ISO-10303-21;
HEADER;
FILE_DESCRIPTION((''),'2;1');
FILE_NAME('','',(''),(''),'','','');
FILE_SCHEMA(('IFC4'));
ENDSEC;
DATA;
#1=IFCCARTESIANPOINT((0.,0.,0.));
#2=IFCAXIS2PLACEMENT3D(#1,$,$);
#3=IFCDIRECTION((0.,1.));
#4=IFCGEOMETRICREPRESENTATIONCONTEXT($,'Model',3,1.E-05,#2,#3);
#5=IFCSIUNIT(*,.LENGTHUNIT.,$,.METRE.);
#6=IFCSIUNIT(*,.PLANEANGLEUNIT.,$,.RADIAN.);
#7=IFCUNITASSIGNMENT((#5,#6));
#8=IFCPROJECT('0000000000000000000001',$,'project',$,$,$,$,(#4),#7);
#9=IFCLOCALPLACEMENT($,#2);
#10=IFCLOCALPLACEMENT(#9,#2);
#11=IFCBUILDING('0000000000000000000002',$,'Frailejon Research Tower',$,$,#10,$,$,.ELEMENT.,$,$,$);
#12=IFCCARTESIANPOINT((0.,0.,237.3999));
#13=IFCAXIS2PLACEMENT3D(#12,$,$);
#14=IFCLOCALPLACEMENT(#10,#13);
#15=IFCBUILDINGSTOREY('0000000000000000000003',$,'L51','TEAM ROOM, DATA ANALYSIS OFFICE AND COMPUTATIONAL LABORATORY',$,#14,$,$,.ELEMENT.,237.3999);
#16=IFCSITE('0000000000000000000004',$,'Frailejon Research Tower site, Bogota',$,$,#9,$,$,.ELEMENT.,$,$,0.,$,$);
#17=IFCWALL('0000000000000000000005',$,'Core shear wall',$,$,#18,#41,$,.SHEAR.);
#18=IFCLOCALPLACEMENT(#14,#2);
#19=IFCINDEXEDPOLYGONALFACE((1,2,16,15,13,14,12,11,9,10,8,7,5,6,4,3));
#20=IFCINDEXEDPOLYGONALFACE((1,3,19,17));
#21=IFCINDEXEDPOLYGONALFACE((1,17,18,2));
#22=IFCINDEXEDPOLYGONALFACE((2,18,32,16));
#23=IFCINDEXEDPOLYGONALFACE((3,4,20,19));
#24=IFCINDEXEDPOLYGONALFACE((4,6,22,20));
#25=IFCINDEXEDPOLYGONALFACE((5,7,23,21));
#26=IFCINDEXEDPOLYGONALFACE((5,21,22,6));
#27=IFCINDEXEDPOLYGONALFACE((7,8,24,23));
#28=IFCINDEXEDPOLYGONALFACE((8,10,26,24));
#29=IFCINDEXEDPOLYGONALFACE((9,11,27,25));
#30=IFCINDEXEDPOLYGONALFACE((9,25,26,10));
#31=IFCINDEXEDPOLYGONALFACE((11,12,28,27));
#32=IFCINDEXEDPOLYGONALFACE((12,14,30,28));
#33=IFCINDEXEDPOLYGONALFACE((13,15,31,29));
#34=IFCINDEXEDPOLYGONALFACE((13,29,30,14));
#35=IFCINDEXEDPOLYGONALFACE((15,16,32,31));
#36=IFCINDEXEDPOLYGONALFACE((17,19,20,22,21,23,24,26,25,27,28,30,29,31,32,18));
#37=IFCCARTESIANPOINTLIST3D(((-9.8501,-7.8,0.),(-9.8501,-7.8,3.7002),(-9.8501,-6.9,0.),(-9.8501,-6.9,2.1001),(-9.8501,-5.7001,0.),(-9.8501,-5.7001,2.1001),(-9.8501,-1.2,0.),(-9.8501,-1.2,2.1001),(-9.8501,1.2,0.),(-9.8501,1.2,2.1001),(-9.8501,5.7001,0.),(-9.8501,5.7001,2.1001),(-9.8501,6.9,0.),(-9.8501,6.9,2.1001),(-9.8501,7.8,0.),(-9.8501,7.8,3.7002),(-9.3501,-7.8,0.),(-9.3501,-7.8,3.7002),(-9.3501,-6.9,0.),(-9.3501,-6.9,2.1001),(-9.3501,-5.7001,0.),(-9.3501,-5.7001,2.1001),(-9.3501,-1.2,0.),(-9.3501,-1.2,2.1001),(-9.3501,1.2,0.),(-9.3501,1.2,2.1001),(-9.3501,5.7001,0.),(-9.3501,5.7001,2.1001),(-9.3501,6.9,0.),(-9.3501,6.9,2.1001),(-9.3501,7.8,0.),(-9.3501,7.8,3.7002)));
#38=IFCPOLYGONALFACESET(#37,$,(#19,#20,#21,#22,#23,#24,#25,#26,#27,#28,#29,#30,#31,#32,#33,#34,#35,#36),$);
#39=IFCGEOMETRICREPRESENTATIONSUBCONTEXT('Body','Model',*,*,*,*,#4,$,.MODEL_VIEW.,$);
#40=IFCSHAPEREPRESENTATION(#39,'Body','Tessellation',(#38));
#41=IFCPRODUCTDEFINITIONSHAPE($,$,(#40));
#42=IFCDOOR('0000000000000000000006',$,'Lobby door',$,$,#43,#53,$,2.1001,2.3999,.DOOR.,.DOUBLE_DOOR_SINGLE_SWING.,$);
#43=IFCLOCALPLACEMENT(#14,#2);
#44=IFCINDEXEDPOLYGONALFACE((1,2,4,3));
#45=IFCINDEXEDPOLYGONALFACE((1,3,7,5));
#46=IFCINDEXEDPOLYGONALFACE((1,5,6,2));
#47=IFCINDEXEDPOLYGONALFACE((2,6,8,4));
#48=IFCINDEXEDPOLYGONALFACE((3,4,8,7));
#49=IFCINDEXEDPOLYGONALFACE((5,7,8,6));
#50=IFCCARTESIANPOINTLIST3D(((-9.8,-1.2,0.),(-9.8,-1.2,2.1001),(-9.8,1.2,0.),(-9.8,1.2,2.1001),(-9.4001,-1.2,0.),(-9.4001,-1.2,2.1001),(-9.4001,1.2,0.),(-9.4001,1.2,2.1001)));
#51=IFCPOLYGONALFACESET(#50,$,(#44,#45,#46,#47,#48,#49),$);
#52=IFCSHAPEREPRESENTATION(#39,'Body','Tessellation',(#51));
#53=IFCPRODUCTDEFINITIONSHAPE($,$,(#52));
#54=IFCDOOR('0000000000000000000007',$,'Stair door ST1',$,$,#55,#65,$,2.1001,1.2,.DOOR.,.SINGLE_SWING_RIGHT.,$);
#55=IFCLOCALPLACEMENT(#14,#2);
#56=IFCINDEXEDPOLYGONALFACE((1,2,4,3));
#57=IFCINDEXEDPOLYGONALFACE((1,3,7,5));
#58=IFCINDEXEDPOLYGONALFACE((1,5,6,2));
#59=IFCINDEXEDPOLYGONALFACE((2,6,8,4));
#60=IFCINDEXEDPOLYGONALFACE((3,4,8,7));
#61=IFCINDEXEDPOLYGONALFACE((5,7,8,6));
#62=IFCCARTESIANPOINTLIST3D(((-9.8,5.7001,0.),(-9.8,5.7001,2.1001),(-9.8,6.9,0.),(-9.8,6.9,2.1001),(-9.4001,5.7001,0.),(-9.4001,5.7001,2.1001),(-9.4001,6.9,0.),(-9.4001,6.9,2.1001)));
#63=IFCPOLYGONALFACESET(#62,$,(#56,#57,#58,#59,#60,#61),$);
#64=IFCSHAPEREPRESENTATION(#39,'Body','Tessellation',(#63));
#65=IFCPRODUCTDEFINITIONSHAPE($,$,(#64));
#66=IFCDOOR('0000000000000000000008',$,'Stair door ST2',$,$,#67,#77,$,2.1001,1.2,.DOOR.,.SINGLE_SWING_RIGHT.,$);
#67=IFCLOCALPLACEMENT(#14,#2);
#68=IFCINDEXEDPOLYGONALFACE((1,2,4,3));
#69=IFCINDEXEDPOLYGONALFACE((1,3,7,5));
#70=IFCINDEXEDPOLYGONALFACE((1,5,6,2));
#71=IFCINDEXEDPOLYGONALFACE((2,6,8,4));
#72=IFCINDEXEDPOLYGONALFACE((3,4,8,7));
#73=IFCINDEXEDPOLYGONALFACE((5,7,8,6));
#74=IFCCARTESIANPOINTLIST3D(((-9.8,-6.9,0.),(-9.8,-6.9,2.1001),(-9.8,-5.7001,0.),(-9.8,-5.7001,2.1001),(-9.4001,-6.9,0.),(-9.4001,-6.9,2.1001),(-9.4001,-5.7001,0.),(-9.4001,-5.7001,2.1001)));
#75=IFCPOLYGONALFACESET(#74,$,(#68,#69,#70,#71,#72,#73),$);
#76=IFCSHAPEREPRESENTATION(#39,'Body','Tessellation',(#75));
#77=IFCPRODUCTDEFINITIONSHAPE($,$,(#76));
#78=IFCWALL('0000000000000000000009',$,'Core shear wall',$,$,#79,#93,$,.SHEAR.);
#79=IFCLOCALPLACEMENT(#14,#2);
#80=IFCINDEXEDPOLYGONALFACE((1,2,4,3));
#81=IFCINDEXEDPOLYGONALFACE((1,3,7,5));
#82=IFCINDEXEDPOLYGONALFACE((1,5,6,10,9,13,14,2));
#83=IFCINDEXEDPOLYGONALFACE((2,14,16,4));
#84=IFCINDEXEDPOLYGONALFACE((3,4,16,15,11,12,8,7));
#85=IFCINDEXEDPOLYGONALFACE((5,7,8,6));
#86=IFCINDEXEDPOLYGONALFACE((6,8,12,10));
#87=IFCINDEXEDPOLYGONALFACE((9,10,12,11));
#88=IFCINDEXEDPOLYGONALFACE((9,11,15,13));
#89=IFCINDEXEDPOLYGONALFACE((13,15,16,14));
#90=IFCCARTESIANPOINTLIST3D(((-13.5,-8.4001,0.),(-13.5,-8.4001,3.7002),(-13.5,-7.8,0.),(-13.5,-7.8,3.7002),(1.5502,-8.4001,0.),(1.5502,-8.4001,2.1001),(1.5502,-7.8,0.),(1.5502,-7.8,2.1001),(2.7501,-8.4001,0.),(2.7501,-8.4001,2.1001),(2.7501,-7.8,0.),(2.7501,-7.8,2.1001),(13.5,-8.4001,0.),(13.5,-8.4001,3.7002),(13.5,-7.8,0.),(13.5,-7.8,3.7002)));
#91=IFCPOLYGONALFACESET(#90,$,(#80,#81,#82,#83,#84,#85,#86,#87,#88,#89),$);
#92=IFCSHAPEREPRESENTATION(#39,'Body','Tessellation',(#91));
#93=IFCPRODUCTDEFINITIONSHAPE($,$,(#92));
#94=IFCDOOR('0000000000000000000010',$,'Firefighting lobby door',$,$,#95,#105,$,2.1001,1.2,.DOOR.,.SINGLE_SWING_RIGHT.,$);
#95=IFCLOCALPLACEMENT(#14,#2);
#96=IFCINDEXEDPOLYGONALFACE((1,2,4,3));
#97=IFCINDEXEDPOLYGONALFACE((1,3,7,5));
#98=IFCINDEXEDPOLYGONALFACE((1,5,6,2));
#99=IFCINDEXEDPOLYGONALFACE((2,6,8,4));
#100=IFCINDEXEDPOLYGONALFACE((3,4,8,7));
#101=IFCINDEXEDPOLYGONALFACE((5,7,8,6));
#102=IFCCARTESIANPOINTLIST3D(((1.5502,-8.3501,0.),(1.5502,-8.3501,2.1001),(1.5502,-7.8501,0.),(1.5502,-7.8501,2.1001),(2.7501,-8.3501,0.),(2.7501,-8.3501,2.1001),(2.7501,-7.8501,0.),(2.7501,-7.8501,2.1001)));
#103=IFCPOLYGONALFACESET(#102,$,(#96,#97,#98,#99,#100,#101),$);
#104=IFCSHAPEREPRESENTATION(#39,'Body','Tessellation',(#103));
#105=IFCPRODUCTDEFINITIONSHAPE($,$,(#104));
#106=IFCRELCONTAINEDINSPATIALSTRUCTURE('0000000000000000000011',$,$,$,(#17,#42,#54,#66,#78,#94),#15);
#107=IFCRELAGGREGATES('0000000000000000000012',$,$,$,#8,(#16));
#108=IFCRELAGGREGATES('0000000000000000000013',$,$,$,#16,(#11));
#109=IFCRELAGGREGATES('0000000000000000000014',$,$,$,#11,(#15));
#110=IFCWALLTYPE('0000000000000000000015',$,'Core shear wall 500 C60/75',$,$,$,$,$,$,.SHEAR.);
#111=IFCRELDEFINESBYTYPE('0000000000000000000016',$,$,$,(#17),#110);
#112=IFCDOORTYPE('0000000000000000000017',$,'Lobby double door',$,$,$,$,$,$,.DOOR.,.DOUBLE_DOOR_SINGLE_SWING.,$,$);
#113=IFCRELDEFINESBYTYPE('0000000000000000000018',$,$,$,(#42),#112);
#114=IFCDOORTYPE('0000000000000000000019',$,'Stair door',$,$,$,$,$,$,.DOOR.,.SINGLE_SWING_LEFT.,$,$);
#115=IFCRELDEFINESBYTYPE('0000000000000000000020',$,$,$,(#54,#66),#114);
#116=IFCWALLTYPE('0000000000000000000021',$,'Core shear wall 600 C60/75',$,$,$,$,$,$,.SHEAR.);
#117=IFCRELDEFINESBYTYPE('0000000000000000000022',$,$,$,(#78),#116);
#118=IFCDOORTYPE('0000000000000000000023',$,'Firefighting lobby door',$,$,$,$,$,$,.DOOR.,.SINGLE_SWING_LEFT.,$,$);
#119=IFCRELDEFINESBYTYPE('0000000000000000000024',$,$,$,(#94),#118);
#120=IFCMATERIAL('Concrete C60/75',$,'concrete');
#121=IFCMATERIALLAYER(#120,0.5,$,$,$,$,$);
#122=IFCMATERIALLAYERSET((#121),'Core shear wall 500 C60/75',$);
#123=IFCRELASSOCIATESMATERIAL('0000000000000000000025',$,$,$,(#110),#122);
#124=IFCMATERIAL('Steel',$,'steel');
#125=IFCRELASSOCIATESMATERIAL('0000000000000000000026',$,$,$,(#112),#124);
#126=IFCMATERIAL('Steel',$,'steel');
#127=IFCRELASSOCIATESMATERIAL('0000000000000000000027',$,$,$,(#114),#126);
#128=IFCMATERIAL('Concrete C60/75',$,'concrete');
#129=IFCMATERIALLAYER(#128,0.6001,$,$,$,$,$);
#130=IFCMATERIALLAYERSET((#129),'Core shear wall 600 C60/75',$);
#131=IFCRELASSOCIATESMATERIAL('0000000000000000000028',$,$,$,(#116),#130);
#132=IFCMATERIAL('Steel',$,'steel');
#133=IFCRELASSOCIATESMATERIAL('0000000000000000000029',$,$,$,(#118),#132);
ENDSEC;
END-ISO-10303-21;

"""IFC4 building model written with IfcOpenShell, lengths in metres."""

from ifc_helpers import new_model, si_unit, direction, frame, frame_2d, origin, place, context, subcontext, project, spatial, rectangle, extrude, material, layer, layer_set, type_object, element, fill, save


model = new_model("IFC4")

# Units and contexts
model_context = context("Model", 3, precision=1e-05, world=origin(), true_north=direction((0.0, 1.0)))
body_context = subcontext(model_context, "Body", "Model", "MODEL_VIEW")
ifc_project = project(units=[si_unit("LENGTHUNIT", "METRE"), si_unit("PLANEANGLEUNIT", "RADIAN")], contexts=[model_context])

# Site, building, storey
site_placement = place(None, origin())
site = spatial("IfcSite", under=ifc_project, at=site_placement, Name="Frailejon Research Tower site, Bogota", CompositionType="ELEMENT", RefElevation=0.0)
building_placement = place(site_placement, origin())
building = spatial("IfcBuilding", under=site, at=building_placement, Name="Frailejon Research Tower", CompositionType="ELEMENT")
storey_placement = place(building_placement, frame((0.0, 0.0, 237.3999)))
storey = spatial("IfcBuildingStorey", under=building, at=storey_placement, Name="L51", Description="TEAM ROOM, DATA ANALYSIS OFFICE AND COMPUTATIONAL LABORATORY", CompositionType="ELEMENT", Elevation=237.3999)

# Wall, openings, doors
ifc_material_1 = material(Name="Concrete C60/75", Category="concrete")
ifc_layer_1 = layer(ifc_material_1, 0.5)
ifc_layer_set_1 = layer_set([ifc_layer_1], Name="Core shear wall 500 C60/75")
wall_type_1 = type_object("IfcWallType", Name="Core shear wall 500 C60/75", PredefinedType="SHEAR", material=ifc_layer_set_1)
wall_1_placement = place(storey_placement, frame((-9.6001, -7.8, 0.0), z_axis=(0.0, 0.0, 1.0), x_axis=(0.0, 1.0, 0.0)))
wall_1 = element("IfcWall", 1, at=wall_1_placement, inside=storey, type_object=wall_type_1, Name="Core shear wall", PredefinedType="SHEAR", context=body_context, shape_type="SweptSolid", body=[
    extrude(rectangle(XDim=15.6001, YDim=0.5, at=frame_2d((7.8, 0.0))), origin(), (0.0, 0.0, 1.0), 3.7002),
])
opening_1_placement = place(wall_1_placement, frame((6.6001, 0.0, 0.0)))
opening_1 = element("IfcOpeningElement", 2, at=opening_1_placement, cuts=wall_1, PredefinedType="OPENING", context=body_context, shape_type="SweptSolid", body=[
    extrude(rectangle(XDim=2.3999, YDim=2.1001, at=frame_2d((1.2, 1.05))), frame((0.0, 0.26, 0.0), z_axis=(0.0, -1.0, 0.0), x_axis=(1.0, 0.0, 0.0)), (0.0, 0.0, 1.0), 0.52),
])
opening_2_placement = place(wall_1_placement, frame((13.5, 0.0, 0.0)))
opening_2 = element("IfcOpeningElement", 3, at=opening_2_placement, cuts=wall_1, PredefinedType="OPENING", context=body_context, shape_type="SweptSolid", body=[
    extrude(rectangle(XDim=1.2, YDim=2.1001, at=frame_2d((0.6001, 1.05))), frame((0.0, 0.26, 0.0), z_axis=(0.0, -1.0, 0.0), x_axis=(1.0, 0.0, 0.0)), (0.0, 0.0, 1.0), 0.52),
])
opening_3_placement = place(wall_1_placement, frame((0.8999, 0.0, 0.0)))
opening_3 = element("IfcOpeningElement", 4, at=opening_3_placement, cuts=wall_1, PredefinedType="OPENING", context=body_context, shape_type="SweptSolid", body=[
    extrude(rectangle(XDim=1.2, YDim=2.1001, at=frame_2d((0.6001, 1.05))), frame((0.0, 0.26, 0.0), z_axis=(0.0, -1.0, 0.0), x_axis=(1.0, 0.0, 0.0)), (0.0, 0.0, 1.0), 0.52),
])
ifc_material_2 = material(Name="Steel", Category="steel")
door_type_1 = type_object("IfcDoorType", Name="Lobby double door", OperationType="DOUBLE_DOOR_SINGLE_SWING", PredefinedType="DOOR", material=ifc_material_2)
door_1_placement = place(opening_1_placement, origin())
door_1 = element("IfcDoor", 5, at=door_1_placement, inside=storey, type_object=door_type_1, Name="Lobby door", OperationType="DOUBLE_DOOR_SINGLE_SWING", OverallHeight=2.1001, OverallWidth=2.3999, PredefinedType="DOOR", context=body_context, shape_type="SweptSolid", body=[
    extrude(rectangle(XDim=2.3999, YDim=2.1001, at=frame_2d((1.2, 1.05))), frame((0.0, 0.2, 0.0), z_axis=(0.0, -1.0, 0.0), x_axis=(1.0, 0.0, 0.0)), (0.0, 0.0, 1.0), 0.3999),
])
fill(opening_1, door_1)
ifc_material_3 = material(Name="Steel", Category="steel")
door_type_2 = type_object("IfcDoorType", Name="Stair door", OperationType="SINGLE_SWING_LEFT", PredefinedType="DOOR", material=ifc_material_3)
door_2_placement = place(opening_2_placement, origin())
door_2 = element("IfcDoor", 6, at=door_2_placement, inside=storey, type_object=door_type_2, Name="Stair door ST1", OperationType="SINGLE_SWING_RIGHT", OverallHeight=2.1001, OverallWidth=1.2, PredefinedType="DOOR", context=body_context, shape_type="SweptSolid", body=[
    extrude(rectangle(XDim=1.2, YDim=2.1001, at=frame_2d((0.6001, 1.05))), frame((0.0, 0.2, 0.0), z_axis=(0.0, -1.0, 0.0), x_axis=(1.0, 0.0, 0.0)), (0.0, 0.0, 1.0), 0.3999),
])
fill(opening_2, door_2)
door_3_placement = place(opening_3_placement, origin())
door_3 = element("IfcDoor", 7, at=door_3_placement, inside=storey, type_object=door_type_2, Name="Stair door ST2", OperationType="SINGLE_SWING_RIGHT", OverallHeight=2.1001, OverallWidth=1.2, PredefinedType="DOOR", context=body_context, shape_type="SweptSolid", body=[
    extrude(rectangle(XDim=1.2, YDim=2.1001, at=frame_2d((0.6001, 1.05))), frame((0.0, 0.2, 0.0), z_axis=(0.0, -1.0, 0.0), x_axis=(1.0, 0.0, 0.0)), (0.0, 0.0, 1.0), 0.3999),
])
fill(opening_3, door_3)

# Wall, opening, door
ifc_material_4 = material(Name="Concrete C60/75", Category="concrete")
ifc_layer_2 = layer(ifc_material_4, 0.6001)
ifc_layer_set_2 = layer_set([ifc_layer_2], Name="Core shear wall 600 C60/75")
wall_type_2 = type_object("IfcWallType", Name="Core shear wall 600 C60/75", PredefinedType="SHEAR", material=ifc_layer_set_2)
wall_2_placement = place(storey_placement, frame((-13.5, -8.1001, 0.0), z_axis=(0.0, 0.0, 1.0), x_axis=(1.0, 0.0, 0.0)))
wall_2 = element("IfcWall", 8, at=wall_2_placement, inside=storey, type_object=wall_type_2, Name="Core shear wall", PredefinedType="SHEAR", context=body_context, shape_type="SweptSolid", body=[
    extrude(rectangle(XDim=27.0, YDim=0.6001, at=frame_2d((13.5, 0.0))), origin(), (0.0, 0.0, 1.0), 3.7002),
])
opening_4_placement = place(wall_2_placement, frame((15.05, 0.0, 0.0)))
opening_4 = element("IfcOpeningElement", 9, at=opening_4_placement, cuts=wall_2, PredefinedType="OPENING", context=body_context, shape_type="SweptSolid", body=[
    extrude(rectangle(XDim=1.2, YDim=2.1001, at=frame_2d((0.6001, 1.05))), frame((0.0, 0.3101, 0.0), z_axis=(0.0, -1.0, 0.0), x_axis=(1.0, 0.0, 0.0)), (0.0, 0.0, 1.0), 0.6201),
])
ifc_material_5 = material(Name="Steel", Category="steel")
door_type_3 = type_object("IfcDoorType", Name="Firefighting lobby door", OperationType="SINGLE_SWING_LEFT", PredefinedType="DOOR", material=ifc_material_5)
door_4_placement = place(opening_4_placement, origin())
door_4 = element("IfcDoor", 10, at=door_4_placement, inside=storey, type_object=door_type_3, Name="Firefighting lobby door", OperationType="SINGLE_SWING_RIGHT", OverallHeight=2.1001, OverallWidth=1.2, PredefinedType="DOOR", context=body_context, shape_type="SweptSolid", body=[
    extrude(rectangle(XDim=1.2, YDim=2.1001, at=frame_2d((0.6001, 1.05))), frame((0.0, 0.25, 0.0), z_axis=(0.0, -1.0, 0.0), x_axis=(1.0, 0.0, 0.0)), (0.0, 0.0, 1.0), 0.5),
])
fill(opening_4, door_4)

save(model, "model.ifc")
